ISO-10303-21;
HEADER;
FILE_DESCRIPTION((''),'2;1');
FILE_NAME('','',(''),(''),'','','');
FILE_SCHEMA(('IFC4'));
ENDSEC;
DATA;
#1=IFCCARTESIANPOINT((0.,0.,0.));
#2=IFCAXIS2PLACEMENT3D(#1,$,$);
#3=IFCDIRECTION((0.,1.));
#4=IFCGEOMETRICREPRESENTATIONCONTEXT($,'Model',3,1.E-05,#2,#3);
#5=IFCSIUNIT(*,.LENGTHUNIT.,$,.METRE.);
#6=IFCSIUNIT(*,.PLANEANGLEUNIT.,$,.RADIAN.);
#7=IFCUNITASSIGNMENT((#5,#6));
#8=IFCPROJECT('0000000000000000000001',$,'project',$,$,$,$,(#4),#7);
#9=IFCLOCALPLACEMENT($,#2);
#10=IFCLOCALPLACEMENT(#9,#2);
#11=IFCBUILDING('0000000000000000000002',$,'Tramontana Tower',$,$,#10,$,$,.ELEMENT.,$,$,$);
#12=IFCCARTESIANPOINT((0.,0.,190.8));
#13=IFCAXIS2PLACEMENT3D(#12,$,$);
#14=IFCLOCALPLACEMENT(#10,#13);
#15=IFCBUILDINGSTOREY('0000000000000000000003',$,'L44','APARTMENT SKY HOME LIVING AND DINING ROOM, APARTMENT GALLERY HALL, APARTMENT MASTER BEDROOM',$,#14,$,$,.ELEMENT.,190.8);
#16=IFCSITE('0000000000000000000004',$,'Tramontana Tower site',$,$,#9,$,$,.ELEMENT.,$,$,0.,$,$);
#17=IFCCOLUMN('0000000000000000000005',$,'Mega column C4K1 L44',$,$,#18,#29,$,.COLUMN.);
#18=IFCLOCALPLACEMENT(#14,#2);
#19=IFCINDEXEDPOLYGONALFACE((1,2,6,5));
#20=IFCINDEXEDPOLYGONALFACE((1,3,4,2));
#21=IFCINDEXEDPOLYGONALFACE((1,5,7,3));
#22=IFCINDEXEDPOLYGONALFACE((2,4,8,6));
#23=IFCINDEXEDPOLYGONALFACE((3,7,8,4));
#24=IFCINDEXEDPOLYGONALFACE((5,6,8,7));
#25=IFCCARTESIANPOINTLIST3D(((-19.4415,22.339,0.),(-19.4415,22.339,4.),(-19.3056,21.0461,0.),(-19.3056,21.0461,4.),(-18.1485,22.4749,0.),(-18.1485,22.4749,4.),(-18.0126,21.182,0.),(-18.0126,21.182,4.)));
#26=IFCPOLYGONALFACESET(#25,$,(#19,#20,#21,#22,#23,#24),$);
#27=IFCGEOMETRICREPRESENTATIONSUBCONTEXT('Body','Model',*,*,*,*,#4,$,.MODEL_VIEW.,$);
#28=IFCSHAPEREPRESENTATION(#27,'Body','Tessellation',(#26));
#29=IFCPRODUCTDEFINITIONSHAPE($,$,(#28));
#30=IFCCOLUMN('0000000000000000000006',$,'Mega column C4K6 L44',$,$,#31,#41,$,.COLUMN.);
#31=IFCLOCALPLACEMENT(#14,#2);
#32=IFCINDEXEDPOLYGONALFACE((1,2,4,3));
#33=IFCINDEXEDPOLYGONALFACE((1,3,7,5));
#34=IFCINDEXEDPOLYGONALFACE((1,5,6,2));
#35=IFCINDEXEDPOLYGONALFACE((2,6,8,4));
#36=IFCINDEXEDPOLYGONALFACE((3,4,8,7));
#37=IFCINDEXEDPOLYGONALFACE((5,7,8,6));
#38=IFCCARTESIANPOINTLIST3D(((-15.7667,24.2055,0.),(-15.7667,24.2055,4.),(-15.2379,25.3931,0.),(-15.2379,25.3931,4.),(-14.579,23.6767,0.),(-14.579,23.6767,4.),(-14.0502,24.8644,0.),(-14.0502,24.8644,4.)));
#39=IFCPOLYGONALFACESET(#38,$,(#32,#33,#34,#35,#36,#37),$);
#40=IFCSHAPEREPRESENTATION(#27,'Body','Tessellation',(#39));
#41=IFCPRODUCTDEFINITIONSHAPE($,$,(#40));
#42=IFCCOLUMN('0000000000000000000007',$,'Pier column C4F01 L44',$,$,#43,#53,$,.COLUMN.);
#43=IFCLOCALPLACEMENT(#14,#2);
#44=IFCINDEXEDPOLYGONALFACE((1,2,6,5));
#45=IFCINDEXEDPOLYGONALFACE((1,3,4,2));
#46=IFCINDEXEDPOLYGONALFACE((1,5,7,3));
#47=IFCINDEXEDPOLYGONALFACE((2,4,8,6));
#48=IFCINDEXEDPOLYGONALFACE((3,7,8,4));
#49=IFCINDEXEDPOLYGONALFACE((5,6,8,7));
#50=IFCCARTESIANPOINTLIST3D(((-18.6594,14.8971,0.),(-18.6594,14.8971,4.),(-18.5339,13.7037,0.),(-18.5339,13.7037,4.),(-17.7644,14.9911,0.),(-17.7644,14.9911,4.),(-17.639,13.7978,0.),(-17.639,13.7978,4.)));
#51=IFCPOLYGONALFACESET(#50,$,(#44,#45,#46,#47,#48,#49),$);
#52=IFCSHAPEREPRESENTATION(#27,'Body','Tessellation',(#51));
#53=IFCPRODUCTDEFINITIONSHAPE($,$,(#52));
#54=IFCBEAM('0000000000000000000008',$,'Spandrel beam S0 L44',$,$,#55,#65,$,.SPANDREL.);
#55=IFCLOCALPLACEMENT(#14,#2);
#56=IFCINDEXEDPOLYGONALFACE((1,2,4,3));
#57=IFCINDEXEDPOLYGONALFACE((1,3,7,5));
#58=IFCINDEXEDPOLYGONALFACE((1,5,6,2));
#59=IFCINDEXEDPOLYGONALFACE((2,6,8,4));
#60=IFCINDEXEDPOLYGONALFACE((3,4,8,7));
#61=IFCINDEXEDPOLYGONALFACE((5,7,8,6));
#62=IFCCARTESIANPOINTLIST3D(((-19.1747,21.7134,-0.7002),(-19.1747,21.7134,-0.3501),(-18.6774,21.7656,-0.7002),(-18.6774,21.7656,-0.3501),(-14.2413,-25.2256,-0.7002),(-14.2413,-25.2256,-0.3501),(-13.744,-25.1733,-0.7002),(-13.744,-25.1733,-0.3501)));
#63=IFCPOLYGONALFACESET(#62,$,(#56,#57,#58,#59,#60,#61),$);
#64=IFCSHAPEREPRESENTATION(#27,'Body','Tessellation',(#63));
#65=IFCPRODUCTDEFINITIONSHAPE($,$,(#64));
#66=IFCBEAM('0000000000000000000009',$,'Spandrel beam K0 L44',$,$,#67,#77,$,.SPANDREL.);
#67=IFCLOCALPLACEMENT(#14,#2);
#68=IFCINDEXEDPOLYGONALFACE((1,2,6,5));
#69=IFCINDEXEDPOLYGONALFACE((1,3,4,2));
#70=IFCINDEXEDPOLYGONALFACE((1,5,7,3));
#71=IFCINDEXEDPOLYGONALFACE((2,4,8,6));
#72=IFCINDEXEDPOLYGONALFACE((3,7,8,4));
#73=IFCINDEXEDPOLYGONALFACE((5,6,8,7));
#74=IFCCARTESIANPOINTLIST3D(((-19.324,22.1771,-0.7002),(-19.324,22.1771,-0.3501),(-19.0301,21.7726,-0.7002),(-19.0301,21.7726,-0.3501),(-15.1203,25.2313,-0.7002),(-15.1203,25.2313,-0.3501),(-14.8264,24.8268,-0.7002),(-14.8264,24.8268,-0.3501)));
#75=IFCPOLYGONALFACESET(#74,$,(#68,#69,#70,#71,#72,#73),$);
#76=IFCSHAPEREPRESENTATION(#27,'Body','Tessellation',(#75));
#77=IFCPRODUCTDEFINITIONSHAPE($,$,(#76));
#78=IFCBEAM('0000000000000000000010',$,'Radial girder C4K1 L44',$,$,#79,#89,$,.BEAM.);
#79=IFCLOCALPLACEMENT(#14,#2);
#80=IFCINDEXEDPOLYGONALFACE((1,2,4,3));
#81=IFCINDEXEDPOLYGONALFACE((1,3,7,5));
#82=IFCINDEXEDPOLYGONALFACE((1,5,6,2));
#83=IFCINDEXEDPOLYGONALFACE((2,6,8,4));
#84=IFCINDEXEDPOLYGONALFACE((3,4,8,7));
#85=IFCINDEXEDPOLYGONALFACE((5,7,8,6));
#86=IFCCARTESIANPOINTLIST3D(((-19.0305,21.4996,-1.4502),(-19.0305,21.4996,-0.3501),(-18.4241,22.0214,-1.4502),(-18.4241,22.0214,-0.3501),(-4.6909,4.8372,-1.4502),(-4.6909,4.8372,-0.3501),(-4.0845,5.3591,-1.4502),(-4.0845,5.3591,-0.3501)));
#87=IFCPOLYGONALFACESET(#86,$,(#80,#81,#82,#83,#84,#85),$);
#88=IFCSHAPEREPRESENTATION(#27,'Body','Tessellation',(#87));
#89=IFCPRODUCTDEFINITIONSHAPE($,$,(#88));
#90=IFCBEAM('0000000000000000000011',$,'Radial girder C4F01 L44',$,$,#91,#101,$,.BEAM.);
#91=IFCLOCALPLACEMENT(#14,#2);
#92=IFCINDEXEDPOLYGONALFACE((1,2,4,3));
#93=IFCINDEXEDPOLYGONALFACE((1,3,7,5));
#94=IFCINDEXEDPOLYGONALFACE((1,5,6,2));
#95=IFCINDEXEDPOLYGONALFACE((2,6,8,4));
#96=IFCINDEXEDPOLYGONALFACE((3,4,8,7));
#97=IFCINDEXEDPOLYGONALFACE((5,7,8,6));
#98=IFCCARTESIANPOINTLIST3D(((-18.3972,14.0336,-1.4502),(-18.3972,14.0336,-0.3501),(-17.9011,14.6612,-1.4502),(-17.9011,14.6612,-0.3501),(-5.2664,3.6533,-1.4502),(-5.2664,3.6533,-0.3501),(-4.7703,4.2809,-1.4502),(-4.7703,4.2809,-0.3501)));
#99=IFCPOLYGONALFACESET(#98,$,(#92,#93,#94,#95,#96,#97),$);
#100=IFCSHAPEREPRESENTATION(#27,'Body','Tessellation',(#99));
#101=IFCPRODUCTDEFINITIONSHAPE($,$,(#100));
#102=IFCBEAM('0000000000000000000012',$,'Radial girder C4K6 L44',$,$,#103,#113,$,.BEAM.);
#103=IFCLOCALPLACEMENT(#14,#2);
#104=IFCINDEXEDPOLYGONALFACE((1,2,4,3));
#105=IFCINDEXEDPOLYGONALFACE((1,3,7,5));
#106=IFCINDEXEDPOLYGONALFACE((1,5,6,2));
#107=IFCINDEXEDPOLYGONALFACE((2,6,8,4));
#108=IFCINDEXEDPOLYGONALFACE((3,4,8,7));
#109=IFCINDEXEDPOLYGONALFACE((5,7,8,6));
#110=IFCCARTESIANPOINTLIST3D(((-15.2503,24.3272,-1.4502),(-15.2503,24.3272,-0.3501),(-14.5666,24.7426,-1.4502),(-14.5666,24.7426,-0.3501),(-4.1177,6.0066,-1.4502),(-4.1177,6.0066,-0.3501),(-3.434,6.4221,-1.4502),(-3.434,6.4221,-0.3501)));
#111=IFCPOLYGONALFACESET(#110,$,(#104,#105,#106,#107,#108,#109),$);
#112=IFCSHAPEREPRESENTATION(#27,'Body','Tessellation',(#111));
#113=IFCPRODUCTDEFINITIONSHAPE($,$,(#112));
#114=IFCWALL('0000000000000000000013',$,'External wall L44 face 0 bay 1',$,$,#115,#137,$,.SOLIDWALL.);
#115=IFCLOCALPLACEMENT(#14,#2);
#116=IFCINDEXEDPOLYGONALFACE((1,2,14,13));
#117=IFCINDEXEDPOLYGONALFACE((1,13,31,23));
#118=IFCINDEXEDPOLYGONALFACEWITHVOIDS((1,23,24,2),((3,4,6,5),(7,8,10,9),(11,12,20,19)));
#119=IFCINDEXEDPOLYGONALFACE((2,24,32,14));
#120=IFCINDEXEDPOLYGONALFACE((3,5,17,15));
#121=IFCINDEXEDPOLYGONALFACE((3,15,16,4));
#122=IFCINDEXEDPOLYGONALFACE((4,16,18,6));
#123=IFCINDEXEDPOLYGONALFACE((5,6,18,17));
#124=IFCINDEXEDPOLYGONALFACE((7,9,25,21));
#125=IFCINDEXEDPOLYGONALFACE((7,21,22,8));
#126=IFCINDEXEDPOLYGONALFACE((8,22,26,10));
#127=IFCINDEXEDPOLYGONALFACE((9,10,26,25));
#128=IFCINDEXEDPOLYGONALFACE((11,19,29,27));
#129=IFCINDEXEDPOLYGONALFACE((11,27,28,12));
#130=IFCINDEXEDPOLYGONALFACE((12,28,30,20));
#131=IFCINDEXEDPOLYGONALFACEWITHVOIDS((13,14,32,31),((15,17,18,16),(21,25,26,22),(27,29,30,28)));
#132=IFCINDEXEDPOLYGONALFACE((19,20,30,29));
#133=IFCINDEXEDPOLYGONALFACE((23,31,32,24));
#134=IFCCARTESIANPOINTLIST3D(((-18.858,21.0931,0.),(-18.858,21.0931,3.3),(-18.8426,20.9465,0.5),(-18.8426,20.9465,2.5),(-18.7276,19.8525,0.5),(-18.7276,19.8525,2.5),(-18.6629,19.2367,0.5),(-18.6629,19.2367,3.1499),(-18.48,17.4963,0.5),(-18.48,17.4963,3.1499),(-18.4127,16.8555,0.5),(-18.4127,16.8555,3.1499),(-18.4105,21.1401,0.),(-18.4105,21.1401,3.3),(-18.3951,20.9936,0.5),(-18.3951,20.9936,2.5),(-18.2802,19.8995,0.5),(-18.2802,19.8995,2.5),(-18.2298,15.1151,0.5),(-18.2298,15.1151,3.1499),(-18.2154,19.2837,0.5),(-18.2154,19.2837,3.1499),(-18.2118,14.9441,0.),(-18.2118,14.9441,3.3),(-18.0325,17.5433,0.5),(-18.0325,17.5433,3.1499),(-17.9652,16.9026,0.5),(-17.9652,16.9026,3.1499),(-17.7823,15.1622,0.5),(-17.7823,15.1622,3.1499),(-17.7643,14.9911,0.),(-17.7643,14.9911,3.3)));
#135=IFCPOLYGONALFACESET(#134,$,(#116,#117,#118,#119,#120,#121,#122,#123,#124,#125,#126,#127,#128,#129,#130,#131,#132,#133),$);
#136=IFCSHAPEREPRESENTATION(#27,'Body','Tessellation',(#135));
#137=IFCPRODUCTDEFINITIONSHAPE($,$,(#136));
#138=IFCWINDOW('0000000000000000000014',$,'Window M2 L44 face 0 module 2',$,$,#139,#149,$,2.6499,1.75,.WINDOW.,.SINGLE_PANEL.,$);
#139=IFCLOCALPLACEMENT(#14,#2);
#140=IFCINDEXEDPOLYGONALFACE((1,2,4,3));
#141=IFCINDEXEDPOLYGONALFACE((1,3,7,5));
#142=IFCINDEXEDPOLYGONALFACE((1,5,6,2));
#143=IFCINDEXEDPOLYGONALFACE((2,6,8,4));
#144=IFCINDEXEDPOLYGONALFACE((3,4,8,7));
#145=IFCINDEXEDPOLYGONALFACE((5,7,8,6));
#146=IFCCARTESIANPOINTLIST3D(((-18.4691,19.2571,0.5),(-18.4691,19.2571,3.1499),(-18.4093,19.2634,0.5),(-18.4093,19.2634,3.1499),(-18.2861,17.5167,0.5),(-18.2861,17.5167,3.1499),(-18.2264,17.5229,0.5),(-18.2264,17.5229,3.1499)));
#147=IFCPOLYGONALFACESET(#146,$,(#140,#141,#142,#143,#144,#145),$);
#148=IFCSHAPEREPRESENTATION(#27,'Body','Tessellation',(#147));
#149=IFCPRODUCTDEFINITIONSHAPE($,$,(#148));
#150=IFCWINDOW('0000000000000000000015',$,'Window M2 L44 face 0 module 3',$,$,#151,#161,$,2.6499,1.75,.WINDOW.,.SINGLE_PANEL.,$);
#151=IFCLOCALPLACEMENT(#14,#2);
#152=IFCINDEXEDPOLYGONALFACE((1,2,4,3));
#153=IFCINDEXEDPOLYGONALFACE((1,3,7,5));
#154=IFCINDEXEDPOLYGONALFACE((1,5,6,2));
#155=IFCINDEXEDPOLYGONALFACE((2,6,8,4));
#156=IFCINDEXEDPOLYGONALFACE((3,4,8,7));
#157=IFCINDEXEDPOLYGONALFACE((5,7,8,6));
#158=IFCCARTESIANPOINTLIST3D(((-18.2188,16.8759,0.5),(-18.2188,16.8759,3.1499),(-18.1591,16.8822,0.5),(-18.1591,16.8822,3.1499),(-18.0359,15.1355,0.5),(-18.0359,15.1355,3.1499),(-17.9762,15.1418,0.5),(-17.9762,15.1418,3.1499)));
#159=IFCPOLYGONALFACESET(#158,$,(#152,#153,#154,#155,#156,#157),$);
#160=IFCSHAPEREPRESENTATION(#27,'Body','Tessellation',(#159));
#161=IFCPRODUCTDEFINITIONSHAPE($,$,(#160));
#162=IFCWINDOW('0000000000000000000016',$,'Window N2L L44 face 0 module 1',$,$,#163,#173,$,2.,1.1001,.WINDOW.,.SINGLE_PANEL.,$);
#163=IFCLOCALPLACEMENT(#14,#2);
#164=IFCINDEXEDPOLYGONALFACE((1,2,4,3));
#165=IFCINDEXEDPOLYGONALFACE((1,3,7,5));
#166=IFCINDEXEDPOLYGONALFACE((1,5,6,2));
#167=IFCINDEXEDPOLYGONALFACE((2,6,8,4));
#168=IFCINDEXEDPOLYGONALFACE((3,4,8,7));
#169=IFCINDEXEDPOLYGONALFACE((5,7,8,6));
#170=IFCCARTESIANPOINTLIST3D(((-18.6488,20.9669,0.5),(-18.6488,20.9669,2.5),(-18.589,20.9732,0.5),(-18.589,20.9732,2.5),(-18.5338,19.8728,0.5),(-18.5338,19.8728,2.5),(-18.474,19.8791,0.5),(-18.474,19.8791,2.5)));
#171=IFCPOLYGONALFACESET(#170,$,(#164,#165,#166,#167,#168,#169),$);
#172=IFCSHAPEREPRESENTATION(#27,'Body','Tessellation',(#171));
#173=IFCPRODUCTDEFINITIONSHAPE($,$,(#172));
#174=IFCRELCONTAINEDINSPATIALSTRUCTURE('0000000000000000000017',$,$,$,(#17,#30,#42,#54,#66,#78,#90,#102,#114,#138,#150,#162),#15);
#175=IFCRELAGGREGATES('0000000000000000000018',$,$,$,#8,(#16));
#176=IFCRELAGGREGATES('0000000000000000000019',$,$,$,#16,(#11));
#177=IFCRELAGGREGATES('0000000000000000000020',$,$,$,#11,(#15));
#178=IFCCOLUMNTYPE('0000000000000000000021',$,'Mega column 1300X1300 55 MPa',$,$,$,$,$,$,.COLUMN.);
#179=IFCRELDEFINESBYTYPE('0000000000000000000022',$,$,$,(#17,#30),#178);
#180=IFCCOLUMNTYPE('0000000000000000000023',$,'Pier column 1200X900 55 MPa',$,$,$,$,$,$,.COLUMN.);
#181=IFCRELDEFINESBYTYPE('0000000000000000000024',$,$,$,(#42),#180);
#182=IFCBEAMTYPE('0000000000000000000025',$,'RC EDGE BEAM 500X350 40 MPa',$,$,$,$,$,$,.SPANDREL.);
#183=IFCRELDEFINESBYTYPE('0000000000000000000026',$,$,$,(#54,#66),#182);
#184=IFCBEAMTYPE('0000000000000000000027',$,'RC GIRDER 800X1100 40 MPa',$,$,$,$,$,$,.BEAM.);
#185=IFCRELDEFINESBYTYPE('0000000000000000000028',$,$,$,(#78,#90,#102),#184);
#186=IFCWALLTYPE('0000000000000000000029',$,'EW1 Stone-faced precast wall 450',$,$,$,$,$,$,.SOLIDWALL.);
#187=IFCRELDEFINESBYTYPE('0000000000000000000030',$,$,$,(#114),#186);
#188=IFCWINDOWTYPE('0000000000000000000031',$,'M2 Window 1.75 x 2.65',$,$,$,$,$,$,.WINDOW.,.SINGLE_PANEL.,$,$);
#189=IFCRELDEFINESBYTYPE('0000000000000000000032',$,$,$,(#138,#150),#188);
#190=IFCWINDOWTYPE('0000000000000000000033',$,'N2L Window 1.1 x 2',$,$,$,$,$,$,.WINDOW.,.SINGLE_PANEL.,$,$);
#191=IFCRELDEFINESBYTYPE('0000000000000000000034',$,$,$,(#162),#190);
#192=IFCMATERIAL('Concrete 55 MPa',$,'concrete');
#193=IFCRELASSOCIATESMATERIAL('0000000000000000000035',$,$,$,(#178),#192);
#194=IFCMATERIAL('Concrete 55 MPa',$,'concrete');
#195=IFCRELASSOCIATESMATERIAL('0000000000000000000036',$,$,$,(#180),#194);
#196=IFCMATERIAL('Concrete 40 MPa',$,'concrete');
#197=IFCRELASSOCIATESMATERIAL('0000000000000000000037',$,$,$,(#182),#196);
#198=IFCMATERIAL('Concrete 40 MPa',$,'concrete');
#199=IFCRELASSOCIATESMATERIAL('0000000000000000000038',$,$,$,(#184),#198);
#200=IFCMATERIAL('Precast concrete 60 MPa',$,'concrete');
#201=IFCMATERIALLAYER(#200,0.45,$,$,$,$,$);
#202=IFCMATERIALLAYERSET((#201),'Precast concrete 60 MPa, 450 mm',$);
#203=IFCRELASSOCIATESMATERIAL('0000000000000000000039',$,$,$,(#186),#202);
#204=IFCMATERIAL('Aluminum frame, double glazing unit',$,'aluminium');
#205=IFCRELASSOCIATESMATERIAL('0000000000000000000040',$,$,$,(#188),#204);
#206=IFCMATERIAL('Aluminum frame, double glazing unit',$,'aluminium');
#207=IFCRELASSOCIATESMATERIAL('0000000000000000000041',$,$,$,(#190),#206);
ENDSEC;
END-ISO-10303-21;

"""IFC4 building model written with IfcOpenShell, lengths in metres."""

from ifc_helpers import new_model, si_unit, direction, frame, frame_2d, origin, origin_2d, place, context, subcontext, project, spatial, rectangle, extrude, material, layer, layer_set, material_profile, profile_set, type_object, element, fill, save


model = new_model("IFC4")

# Units and contexts
model_context = context("Model", 3, precision=1e-05, world=origin(), true_north=direction((0.0, 1.0)))
body_context = subcontext(model_context, "Body", "Model", "MODEL_VIEW")
ifc_project = project(units=[si_unit("LENGTHUNIT", "METRE"), si_unit("PLANEANGLEUNIT", "RADIAN")], contexts=[model_context])

# Site, building, storey
site_placement = place(None, origin())
site = spatial("IfcSite", under=ifc_project, at=site_placement, Name="Tramontana Tower site", CompositionType="ELEMENT", RefElevation=0.0)
building_placement = place(site_placement, origin())
building = spatial("IfcBuilding", under=site, at=building_placement, Name="Tramontana Tower", CompositionType="ELEMENT")
storey_placement = place(building_placement, frame((0.0, 0.0, 190.8)))
storey = spatial("IfcBuildingStorey", under=building, at=storey_placement, Name="L44", Description="APARTMENT SKY HOME LIVING AND DINING ROOM, APARTMENT GALLERY HALL, APARTMENT MASTER BEDROOM", CompositionType="ELEMENT", Elevation=190.8)

# Columns
ifc_material_1 = material(Name="Concrete 55 MPa", Category="concrete")
ifc_material_profile_1 = material_profile(ifc_material_1, rectangle(XDim=1.3, YDim=1.3, at=origin_2d()), Name="Mega column 1300X1300 55 MPa")
ifc_profile_set_1 = profile_set([ifc_material_profile_1], Name="Concrete 55 MPa")
column_type_1 = type_object("IfcColumnType", Name="Mega column 1300X1300 55 MPa", PredefinedType="COLUMN", material=ifc_profile_set_1)
for number, where, z_axis, x_axis, name in (
    (1, (-18.7271, 21.7605, 0.0), (0.0, 0.0, 1.0), (0.104528, -0.994522, 0.0), "Mega column C4K1 L44"),
    (2, (-14.9084, 24.5349, 0.0), (0.0, 0.0, 1.0), (-0.913545, 0.406737, 0.0), "Mega column C4K6 L44"),
):
    element("IfcColumn", number, at=place(storey_placement, frame(where, z_axis=z_axis, x_axis=x_axis)), inside=storey, type_object=column_type_1, Name=name, PredefinedType="COLUMN", context=body_context, shape_type="SweptSolid", body=[
        extrude(rectangle(XDim=1.3, YDim=1.3, at=origin_2d()), origin(), (0.0, 0.0, 1.0), 4.0),
    ])
ifc_material_2 = material(Name="Concrete 55 MPa", Category="concrete")
ifc_material_profile_2 = material_profile(ifc_material_2, rectangle(XDim=1.2, YDim=0.8999, at=origin_2d()), Name="Pier column 1200X900 55 MPa")
ifc_profile_set_2 = profile_set([ifc_material_profile_2], Name="Concrete 55 MPa")
column_type_2 = type_object("IfcColumnType", Name="Pier column 1200X900 55 MPa", PredefinedType="COLUMN", material=ifc_profile_set_2)
column_placement = place(storey_placement, frame((-18.1492, 14.3474, 0.0), z_axis=(0.0, 0.0, 1.0), x_axis=(0.104528, -0.994522, 0.0)))
element("IfcColumn", 3, at=column_placement, inside=storey, type_object=column_type_2, Name="Pier column C4F01 L44", PredefinedType="COLUMN", context=body_context, shape_type="SweptSolid", body=[
    extrude(rectangle(XDim=1.2, YDim=0.8999, at=origin_2d()), origin(), (0.0, 0.0, 1.0), 4.0),
])

# Beams
ifc_material_3 = material(Name="Concrete 40 MPa", Category="concrete")
ifc_material_profile_3 = material_profile(ifc_material_3, rectangle(XDim=0.5, YDim=0.3501, at=origin_2d()), Name="RC EDGE BEAM 500X350 40 MPa")
ifc_profile_set_3 = profile_set([ifc_material_profile_3], Name="Concrete 40 MPa")
beam_type_1 = type_object("IfcBeamType", Name="RC EDGE BEAM 500X350 40 MPa", PredefinedType="SPANDREL", material=ifc_profile_set_3)
beam_1_placement = place(storey_placement, frame((-18.926, 21.7395, -0.5251), z_axis=(0.104526, -0.994522, 0.0), x_axis=(0.994522, 0.104526, 0.0)))
element("IfcBeam", 4, at=beam_1_placement, inside=storey, type_object=beam_type_1, Name="Spandrel beam S0 L44", PredefinedType="SPANDREL", context=body_context, shape_type="SweptSolid", body=[
    extrude(rectangle(XDim=0.5, YDim=0.3501, at=origin_2d()), origin(), (0.0, 0.0, 1.0), 47.1975),
])
beam_2_placement = place(storey_placement, frame((-14.9734, 25.0291, -0.5251), z_axis=(-0.809008, -0.587797, 0.0), x_axis=(0.587797, -0.809008, 0.0)))
element("IfcBeam", 5, at=beam_2_placement, inside=storey, type_object=beam_type_1, Name="Spandrel beam K0 L44", PredefinedType="SPANDREL", context=body_context, shape_type="SweptSolid", body=[
    extrude(rectangle(XDim=0.5, YDim=0.3501, at=origin_2d()), origin(), (0.0, 0.0, 1.0), 5.196),
])
ifc_material_4 = material(Name="Concrete 40 MPa", Category="concrete")
ifc_material_profile_4 = material_profile(ifc_material_4, rectangle(XDim=0.8, YDim=1.1001, at=origin_2d()), Name="RC GIRDER 800X1100 40 MPa")
ifc_profile_set_4 = profile_set([ifc_material_profile_4], Name="Concrete 40 MPa")
beam_type_2 = type_object("IfcBeamType", Name="RC GIRDER 800X1100 40 MPa", PredefinedType="BEAM", material=ifc_profile_set_4)
beam_3_placement = place(storey_placement, frame((-18.7273, 21.7605, -0.9001), z_axis=(0.6523, -0.757961, 0.0), x_axis=(0.757961, 0.6523, 0.0)))
element("IfcBeam", 6, at=beam_3_placement, inside=storey, type_object=beam_type_2, Name="Radial girder C4K1 L44", PredefinedType="BEAM", context=body_context, shape_type="SweptSolid", body=[
    extrude(rectangle(XDim=0.8, YDim=1.1001, at=origin_2d()), origin(), (0.0, 0.0, 1.0), 21.9832),
])
beam_4_placement = place(storey_placement, frame((-18.1492, 14.3474, -0.9001), z_axis=(0.784479, -0.620156, 0.0), x_axis=(0.620156, 0.784479, 0.0)))
element("IfcBeam", 7, at=beam_4_placement, inside=storey, type_object=beam_type_2, Name="Radial girder C4F01 L44", PredefinedType="BEAM", context=body_context, shape_type="SweptSolid", body=[
    extrude(rectangle(XDim=0.8, YDim=1.1001, at=origin_2d()), origin(), (0.0, 0.0, 1.0), 16.7383),
])
beam_5_placement = place(storey_placement, frame((-14.9084, 24.5349, -0.9001), z_axis=(0.519298, -0.854593, 0.0), x_axis=(0.854593, 0.519298, 0.0)))
element("IfcBeam", 8, at=beam_5_placement, inside=storey, type_object=beam_type_2, Name="Radial girder C4K6 L44", PredefinedType="BEAM", context=body_context, shape_type="SweptSolid", body=[
    extrude(rectangle(XDim=0.8, YDim=1.1001, at=origin_2d()), origin(), (0.0, 0.0, 1.0), 21.4377),
])

# Wall, openings, windows
ifc_material_5 = material(Name="Precast concrete 60 MPa", Category="concrete")
ifc_layer_1 = layer(ifc_material_5, 0.45)
ifc_layer_set_1 = layer_set([ifc_layer_1], Name="Precast concrete 60 MPa, 450 mm")
wall_type_1 = type_object("IfcWallType", Name="EW1 Stone-faced precast wall 450", PredefinedType="SOLIDWALL", material=ifc_layer_set_1)
wall_1_placement = place(storey_placement, frame((-18.6343, 21.1165, 0.0), z_axis=(0.0, 0.0, 1.0), x_axis=(0.104522, -0.994523, 0.0)))
wall_1 = element("IfcWall", 9, at=wall_1_placement, inside=storey, type_object=wall_type_1, Name="External wall L44 face 0 bay 1", PredefinedType="SOLIDWALL", context=body_context, shape_type="SweptSolid", body=[
    extrude(rectangle(XDim=6.1829, YDim=0.45, at=frame_2d((3.0913, 0.0))), origin(), (0.0, 0.0, 1.0), 3.3),
])
opening_1_placement = place(wall_1_placement, frame((0.1472, 0.0, 0.5)))
opening_1 = element("IfcOpeningElement", 10, at=opening_1_placement, cuts=wall_1, PredefinedType="OPENING", context=body_context, shape_type="SweptSolid", body=[
    extrude(rectangle(XDim=1.1001, YDim=2.0, at=frame_2d((0.55, 1.0))), frame((0.0, 0.2349, 0.0), z_axis=(0.0, -1.0, 0.0), x_axis=(1.0, 0.0, 0.0)), (0.0, 0.0, 1.0), 0.47),
])
opening_2_placement = place(wall_1_placement, frame((1.8665, 0.0, 0.5)))
opening_2 = element("IfcOpeningElement", 11, at=opening_2_placement, cuts=wall_1, PredefinedType="OPENING", context=body_context, shape_type="SweptSolid", body=[
    extrude(rectangle(XDim=1.75, YDim=2.6499, at=frame_2d((0.875, 1.325))), frame((0.0, 0.2349, 0.0), z_axis=(0.0, -1.0, 0.0), x_axis=(1.0, 0.0, 0.0)), (0.0, 0.0, 1.0), 0.47),
])
opening_3_placement = place(wall_1_placement, frame((4.2607, 0.0, 0.5)))
opening_3 = element("IfcOpeningElement", 12, at=opening_3_placement, cuts=wall_1, PredefinedType="OPENING", context=body_context, shape_type="SweptSolid", body=[
    extrude(rectangle(XDim=1.75, YDim=2.6499, at=frame_2d((0.875, 1.325))), frame((0.0, 0.2349, 0.0), z_axis=(0.0, -1.0, 0.0), x_axis=(1.0, 0.0, 0.0)), (0.0, 0.0, 1.0), 0.47),
])
ifc_material_6 = material(Name="Aluminum frame, double glazing unit", Category="aluminium")
window_type_1 = type_object("IfcWindowType", Name="M2 Window 1.75 x 2.65", PartitioningType="SINGLE_PANEL", PredefinedType="WINDOW", material=ifc_material_6)
window_1_placement = place(opening_2_placement, origin())
window_1 = element("IfcWindow", 13, at=window_1_placement, inside=storey, type_object=window_type_1, Name="Window M2 L44 face 0 module 2", OverallHeight=2.6499, OverallWidth=1.75, PartitioningType="SINGLE_PANEL", PredefinedType="WINDOW", context=body_context, shape_type="SweptSolid", body=[
    extrude(rectangle(XDim=1.75, YDim=2.6499, at=frame_2d((0.875, 1.325))), frame((0.0, 0.03, 0.0), z_axis=(0.0, -1.0, 0.0), x_axis=(1.0, 0.0, 0.0)), (0.0, 0.0, 1.0), 0.0601),
])
fill(opening_2, window_1)
window_2_placement = place(opening_3_placement, origin())
window_2 = element("IfcWindow", 14, at=window_2_placement, inside=storey, type_object=window_type_1, Name="Window M2 L44 face 0 module 3", OverallHeight=2.6499, OverallWidth=1.75, PartitioningType="SINGLE_PANEL", PredefinedType="WINDOW", context=body_context, shape_type="SweptSolid", body=[
    extrude(rectangle(XDim=1.75, YDim=2.6499, at=frame_2d((0.875, 1.325))), frame((0.0, 0.03, 0.0), z_axis=(0.0, -1.0, 0.0), x_axis=(1.0, 0.0, 0.0)), (0.0, 0.0, 1.0), 0.0601),
])
fill(opening_3, window_2)
ifc_material_7 = material(Name="Aluminum frame, double glazing unit", Category="aluminium")
window_type_2 = type_object("IfcWindowType", Name="N2L Window 1.1 x 2", PartitioningType="SINGLE_PANEL", PredefinedType="WINDOW", material=ifc_material_7)
window_3_placement = place(opening_1_placement, origin())
window_3 = element("IfcWindow", 15, at=window_3_placement, inside=storey, type_object=window_type_2, Name="Window N2L L44 face 0 module 1", OverallHeight=2.0, OverallWidth=1.1001, PartitioningType="SINGLE_PANEL", PredefinedType="WINDOW", context=body_context, shape_type="SweptSolid", body=[
    extrude(rectangle(XDim=1.1001, YDim=2.0, at=frame_2d((0.55, 1.0))), frame((0.0, 0.03, 0.0), z_axis=(0.0, -1.0, 0.0), x_axis=(1.0, 0.0, 0.0)), (0.0, 0.0, 1.0), 0.0601),
])
fill(opening_1, window_3)

save(model, "model.ifc")
